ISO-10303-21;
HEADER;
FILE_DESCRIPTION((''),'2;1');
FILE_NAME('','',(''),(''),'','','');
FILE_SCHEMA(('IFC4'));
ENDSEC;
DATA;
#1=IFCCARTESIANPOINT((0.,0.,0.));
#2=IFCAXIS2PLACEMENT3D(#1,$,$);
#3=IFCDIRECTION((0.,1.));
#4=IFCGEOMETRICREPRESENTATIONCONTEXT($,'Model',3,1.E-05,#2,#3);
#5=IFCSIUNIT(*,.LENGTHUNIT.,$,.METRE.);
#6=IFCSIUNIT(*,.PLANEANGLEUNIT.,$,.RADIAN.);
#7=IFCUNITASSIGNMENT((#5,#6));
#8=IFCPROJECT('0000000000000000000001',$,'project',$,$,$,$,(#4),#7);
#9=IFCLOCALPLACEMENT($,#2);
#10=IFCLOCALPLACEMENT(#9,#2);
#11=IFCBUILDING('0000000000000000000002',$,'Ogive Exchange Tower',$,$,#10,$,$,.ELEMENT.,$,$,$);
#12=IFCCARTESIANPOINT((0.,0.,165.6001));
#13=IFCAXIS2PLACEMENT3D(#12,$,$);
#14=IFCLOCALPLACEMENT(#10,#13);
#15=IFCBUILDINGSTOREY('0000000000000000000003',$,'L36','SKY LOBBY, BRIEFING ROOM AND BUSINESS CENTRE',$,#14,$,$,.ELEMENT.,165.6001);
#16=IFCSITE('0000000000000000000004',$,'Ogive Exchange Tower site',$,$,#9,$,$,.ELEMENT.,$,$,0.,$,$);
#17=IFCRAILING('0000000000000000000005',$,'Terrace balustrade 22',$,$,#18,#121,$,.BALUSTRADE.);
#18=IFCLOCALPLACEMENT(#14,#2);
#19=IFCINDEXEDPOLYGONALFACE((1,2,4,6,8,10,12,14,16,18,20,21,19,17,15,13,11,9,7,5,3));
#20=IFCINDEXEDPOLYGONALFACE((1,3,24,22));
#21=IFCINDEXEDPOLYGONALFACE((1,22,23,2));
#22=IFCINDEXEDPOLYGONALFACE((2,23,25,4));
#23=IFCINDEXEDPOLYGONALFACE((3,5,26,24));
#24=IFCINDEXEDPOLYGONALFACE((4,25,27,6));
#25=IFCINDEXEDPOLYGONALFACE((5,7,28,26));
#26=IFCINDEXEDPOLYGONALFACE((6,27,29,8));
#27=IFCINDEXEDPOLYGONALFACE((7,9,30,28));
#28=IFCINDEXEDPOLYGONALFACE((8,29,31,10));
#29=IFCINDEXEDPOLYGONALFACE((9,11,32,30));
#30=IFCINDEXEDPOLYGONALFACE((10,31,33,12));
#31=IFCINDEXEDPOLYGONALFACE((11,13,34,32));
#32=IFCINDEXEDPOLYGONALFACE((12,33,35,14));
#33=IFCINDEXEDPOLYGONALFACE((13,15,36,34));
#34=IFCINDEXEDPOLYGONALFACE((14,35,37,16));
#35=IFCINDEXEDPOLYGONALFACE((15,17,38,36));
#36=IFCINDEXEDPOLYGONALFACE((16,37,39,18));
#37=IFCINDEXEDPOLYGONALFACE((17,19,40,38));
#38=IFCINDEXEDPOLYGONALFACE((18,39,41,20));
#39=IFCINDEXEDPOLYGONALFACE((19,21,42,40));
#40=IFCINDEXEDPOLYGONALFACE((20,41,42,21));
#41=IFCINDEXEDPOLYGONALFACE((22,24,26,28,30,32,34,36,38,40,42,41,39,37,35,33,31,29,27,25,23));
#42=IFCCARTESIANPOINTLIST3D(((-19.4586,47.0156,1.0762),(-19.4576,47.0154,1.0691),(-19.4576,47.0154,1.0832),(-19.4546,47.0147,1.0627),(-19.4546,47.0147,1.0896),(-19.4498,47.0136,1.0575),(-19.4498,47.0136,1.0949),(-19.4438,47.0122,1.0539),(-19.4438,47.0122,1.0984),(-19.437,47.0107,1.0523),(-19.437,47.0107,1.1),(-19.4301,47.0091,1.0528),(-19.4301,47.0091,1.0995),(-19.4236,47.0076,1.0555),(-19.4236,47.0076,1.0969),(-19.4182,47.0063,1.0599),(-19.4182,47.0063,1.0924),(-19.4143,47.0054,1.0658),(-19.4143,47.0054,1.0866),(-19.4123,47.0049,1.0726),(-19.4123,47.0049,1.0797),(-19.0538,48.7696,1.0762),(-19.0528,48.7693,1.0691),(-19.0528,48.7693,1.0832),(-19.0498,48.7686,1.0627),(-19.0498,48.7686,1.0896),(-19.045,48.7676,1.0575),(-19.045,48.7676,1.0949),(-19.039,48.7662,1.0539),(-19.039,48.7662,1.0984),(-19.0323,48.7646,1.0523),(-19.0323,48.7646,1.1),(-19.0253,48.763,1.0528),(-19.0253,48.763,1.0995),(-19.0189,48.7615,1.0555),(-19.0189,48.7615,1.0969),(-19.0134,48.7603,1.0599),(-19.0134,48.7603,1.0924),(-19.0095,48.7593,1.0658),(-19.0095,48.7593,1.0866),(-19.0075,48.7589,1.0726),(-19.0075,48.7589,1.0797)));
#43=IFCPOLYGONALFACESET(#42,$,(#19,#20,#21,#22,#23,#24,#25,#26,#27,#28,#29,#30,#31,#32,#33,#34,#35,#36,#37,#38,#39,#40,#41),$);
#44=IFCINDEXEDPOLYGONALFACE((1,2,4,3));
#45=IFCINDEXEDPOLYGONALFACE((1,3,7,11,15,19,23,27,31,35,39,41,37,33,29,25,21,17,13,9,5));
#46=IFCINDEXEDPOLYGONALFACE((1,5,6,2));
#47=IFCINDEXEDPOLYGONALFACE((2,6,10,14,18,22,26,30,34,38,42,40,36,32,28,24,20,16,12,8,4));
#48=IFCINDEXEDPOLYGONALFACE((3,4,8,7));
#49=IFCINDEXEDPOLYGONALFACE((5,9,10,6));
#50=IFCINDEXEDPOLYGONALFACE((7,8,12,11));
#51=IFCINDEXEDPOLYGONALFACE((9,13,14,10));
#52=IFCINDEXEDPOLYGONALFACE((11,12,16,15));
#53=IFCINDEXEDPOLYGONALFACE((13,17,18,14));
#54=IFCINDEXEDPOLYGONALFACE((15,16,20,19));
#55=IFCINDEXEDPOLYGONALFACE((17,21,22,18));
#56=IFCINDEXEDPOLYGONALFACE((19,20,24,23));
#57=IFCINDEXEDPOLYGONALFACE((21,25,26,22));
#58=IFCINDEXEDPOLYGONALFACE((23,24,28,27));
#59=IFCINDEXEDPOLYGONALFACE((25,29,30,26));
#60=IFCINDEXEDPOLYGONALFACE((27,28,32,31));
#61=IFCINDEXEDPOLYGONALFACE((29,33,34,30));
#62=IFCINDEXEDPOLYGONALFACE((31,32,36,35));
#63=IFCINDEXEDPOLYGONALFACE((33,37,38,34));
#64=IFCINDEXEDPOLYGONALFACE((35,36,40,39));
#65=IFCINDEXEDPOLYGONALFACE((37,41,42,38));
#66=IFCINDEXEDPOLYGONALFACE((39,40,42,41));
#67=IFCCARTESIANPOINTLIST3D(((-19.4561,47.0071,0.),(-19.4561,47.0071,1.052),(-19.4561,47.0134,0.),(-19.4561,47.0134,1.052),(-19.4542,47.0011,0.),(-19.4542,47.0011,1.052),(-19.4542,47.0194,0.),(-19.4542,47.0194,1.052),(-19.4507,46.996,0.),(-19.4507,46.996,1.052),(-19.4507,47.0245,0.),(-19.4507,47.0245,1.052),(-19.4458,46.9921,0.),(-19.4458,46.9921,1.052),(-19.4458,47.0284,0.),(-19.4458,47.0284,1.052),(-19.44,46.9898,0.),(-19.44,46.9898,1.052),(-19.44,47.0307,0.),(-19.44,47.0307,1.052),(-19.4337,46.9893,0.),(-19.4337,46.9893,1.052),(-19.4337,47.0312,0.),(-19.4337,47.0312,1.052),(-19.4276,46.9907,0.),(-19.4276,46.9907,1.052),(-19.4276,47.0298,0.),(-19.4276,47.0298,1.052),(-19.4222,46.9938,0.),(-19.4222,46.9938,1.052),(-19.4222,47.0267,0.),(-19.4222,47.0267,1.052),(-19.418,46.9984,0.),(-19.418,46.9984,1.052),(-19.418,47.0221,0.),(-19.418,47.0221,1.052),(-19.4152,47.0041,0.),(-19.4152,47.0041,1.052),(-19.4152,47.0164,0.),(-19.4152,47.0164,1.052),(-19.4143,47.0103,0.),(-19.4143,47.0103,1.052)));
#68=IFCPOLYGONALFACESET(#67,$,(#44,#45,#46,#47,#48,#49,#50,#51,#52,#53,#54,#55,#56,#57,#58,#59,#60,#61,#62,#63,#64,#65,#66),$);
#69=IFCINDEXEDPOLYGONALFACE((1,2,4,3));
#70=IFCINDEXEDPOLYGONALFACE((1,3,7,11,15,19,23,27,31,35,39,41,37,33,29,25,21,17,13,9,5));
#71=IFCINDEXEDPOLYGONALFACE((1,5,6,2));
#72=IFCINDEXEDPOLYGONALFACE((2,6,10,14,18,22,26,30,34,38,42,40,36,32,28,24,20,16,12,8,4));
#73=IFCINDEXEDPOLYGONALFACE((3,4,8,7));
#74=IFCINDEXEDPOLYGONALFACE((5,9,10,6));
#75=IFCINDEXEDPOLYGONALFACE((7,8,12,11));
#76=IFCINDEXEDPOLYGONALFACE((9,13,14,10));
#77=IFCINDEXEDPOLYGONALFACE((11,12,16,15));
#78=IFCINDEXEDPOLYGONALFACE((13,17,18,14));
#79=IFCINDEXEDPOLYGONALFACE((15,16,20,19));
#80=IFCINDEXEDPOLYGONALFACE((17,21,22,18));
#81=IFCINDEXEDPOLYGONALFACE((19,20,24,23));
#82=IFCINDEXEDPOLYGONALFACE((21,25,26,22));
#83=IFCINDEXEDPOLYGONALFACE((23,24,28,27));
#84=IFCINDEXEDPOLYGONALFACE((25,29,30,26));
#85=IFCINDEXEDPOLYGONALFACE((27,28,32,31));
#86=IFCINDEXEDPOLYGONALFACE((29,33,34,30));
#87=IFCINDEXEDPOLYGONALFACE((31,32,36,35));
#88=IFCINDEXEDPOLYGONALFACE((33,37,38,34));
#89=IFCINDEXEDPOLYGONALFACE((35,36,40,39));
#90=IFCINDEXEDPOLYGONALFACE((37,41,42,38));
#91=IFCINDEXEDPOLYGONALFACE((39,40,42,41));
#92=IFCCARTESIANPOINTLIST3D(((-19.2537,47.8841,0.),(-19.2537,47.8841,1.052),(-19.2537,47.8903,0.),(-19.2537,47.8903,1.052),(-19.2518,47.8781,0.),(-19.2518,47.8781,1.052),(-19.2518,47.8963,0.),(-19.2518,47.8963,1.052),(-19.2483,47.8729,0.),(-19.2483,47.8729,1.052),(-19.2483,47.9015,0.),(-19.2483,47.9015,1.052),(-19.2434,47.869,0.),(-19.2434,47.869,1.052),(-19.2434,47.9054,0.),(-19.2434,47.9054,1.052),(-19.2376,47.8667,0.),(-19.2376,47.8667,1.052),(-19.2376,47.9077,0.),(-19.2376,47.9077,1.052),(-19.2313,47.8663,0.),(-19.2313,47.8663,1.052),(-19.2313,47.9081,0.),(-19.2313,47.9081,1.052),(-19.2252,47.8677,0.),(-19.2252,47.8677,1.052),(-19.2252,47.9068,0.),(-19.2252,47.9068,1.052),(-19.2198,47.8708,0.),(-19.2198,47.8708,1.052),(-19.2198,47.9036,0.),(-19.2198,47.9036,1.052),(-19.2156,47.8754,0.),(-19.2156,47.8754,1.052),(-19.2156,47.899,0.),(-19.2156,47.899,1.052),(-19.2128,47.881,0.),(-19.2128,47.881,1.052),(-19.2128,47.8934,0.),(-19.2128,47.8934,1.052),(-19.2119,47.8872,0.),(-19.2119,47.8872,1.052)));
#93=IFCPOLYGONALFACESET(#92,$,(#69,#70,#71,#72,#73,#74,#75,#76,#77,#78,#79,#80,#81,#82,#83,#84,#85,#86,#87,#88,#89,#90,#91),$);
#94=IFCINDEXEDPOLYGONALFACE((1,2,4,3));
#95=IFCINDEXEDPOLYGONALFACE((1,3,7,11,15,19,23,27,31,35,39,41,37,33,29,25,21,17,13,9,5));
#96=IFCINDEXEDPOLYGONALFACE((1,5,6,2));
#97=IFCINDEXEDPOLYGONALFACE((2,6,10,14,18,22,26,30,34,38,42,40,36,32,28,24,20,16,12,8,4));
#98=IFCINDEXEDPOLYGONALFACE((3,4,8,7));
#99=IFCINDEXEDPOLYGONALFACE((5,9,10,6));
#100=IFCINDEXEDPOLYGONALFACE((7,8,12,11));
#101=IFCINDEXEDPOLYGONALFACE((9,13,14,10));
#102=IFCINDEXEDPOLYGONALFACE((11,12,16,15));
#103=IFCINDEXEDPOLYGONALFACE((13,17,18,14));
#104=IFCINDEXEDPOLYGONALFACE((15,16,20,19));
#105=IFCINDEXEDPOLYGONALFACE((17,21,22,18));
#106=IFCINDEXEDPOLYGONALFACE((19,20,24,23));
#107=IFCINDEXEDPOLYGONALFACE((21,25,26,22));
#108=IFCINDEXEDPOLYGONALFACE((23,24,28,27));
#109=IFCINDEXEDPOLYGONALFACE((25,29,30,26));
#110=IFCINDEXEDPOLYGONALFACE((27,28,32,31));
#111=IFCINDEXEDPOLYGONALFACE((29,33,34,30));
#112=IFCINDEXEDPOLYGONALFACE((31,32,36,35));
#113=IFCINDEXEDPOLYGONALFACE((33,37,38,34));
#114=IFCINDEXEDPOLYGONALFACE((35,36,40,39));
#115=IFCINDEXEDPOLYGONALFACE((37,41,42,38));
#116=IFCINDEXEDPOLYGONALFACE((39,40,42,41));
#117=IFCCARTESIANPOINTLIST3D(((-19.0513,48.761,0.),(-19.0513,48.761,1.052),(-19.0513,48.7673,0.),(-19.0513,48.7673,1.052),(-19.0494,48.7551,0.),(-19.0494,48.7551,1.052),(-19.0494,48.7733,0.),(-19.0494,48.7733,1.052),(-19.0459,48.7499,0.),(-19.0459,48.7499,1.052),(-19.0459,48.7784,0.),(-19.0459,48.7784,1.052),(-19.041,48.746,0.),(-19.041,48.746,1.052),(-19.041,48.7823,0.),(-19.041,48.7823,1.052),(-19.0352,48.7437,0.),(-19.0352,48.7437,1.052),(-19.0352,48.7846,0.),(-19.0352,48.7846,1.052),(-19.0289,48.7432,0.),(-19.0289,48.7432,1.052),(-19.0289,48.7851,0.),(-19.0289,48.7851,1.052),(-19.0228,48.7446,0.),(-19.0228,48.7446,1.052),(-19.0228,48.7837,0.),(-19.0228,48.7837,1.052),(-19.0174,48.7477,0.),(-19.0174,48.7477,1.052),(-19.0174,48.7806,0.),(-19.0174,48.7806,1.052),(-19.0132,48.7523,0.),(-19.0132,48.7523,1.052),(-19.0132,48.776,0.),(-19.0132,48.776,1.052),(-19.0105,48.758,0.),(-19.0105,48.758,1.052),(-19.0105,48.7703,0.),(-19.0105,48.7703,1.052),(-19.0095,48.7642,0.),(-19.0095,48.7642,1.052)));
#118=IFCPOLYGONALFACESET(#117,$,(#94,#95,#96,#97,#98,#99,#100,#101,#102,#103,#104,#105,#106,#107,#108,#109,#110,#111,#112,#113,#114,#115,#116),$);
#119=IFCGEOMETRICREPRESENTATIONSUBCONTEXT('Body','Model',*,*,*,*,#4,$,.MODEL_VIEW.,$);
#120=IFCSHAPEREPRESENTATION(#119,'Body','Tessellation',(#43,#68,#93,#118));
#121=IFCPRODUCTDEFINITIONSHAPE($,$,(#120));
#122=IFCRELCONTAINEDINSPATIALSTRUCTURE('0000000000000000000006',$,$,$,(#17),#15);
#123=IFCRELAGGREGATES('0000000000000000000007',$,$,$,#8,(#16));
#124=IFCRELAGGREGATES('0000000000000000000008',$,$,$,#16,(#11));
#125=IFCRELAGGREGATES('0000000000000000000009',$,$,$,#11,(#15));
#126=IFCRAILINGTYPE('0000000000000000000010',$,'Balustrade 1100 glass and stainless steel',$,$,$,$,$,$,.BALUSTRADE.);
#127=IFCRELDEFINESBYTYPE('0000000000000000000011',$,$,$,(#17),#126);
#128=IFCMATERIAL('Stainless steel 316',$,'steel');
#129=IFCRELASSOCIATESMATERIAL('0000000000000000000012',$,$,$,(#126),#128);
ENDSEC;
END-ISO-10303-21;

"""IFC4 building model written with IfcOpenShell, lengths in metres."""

from ifc_helpers import new_model, si_unit, direction, frame, origin, origin_2d, place, context, subcontext, project, spatial, circle, extrude, material, type_object, element, save


model = new_model("IFC4")

# Units and contexts
model_context = context("Model", 3, precision=1e-05, world=origin(), true_north=direction((0.0, 1.0)))
body_context = subcontext(model_context, "Body", "Model", "MODEL_VIEW")
ifc_project = project(units=[si_unit("LENGTHUNIT", "METRE"), si_unit("PLANEANGLEUNIT", "RADIAN")], contexts=[model_context])

# Site, building, storey
site_placement = place(None, origin())
site = spatial("IfcSite", under=ifc_project, at=site_placement, Name="Ogive Exchange Tower site", CompositionType="ELEMENT", RefElevation=0.0)
building_placement = place(site_placement, origin())
building = spatial("IfcBuilding", under=site, at=building_placement, Name="Ogive Exchange Tower", CompositionType="ELEMENT")
storey_placement = place(building_placement, frame((0.0, 0.0, 165.6001)))
storey = spatial("IfcBuildingStorey", under=building, at=storey_placement, Name="L36", Description="SKY LOBBY, BRIEFING ROOM AND BUSINESS CENTRE", CompositionType="ELEMENT", Elevation=165.6001)

# Railing
ifc_material_1 = material(Name="Stainless steel 316", Category="steel")
railing_type_1 = type_object("IfcRailingType", Name="Balustrade 1100 glass and stainless steel", PredefinedType="BALUSTRADE", material=ifc_material_1)
railing_1_placement = place(storey_placement, frame((-19.4353, 47.0103, 0.0)))
element("IfcRailing", 1, at=railing_1_placement, inside=storey, type_object=railing_type_1, Name="Terrace balustrade 22", PredefinedType="BALUSTRADE", context=body_context, shape_type="SweptSolid", body=[
    extrude(circle(Radius=0.0239, at=origin_2d()), frame((0.0, 0.0, 1.0762), z_axis=(0.224879, 0.974387, 0.0), x_axis=(-0.974387, 0.224879, 0.0)), (0.0, 0.0, 1.0), 1.8),
    extrude(circle(Radius=0.021, at=origin_2d()), origin(), (0.0, 0.0, 1.0), 1.052),
    extrude(circle(Radius=0.021, at=origin_2d()), frame((0.2024, 0.877, 0.0)), (0.0, 0.0, 1.0), 1.052),
    extrude(circle(Radius=0.021, at=origin_2d()), frame((0.4048, 1.7539, 0.0)), (0.0, 0.0, 1.0), 1.052),
])

save(model, "model.ifc")
